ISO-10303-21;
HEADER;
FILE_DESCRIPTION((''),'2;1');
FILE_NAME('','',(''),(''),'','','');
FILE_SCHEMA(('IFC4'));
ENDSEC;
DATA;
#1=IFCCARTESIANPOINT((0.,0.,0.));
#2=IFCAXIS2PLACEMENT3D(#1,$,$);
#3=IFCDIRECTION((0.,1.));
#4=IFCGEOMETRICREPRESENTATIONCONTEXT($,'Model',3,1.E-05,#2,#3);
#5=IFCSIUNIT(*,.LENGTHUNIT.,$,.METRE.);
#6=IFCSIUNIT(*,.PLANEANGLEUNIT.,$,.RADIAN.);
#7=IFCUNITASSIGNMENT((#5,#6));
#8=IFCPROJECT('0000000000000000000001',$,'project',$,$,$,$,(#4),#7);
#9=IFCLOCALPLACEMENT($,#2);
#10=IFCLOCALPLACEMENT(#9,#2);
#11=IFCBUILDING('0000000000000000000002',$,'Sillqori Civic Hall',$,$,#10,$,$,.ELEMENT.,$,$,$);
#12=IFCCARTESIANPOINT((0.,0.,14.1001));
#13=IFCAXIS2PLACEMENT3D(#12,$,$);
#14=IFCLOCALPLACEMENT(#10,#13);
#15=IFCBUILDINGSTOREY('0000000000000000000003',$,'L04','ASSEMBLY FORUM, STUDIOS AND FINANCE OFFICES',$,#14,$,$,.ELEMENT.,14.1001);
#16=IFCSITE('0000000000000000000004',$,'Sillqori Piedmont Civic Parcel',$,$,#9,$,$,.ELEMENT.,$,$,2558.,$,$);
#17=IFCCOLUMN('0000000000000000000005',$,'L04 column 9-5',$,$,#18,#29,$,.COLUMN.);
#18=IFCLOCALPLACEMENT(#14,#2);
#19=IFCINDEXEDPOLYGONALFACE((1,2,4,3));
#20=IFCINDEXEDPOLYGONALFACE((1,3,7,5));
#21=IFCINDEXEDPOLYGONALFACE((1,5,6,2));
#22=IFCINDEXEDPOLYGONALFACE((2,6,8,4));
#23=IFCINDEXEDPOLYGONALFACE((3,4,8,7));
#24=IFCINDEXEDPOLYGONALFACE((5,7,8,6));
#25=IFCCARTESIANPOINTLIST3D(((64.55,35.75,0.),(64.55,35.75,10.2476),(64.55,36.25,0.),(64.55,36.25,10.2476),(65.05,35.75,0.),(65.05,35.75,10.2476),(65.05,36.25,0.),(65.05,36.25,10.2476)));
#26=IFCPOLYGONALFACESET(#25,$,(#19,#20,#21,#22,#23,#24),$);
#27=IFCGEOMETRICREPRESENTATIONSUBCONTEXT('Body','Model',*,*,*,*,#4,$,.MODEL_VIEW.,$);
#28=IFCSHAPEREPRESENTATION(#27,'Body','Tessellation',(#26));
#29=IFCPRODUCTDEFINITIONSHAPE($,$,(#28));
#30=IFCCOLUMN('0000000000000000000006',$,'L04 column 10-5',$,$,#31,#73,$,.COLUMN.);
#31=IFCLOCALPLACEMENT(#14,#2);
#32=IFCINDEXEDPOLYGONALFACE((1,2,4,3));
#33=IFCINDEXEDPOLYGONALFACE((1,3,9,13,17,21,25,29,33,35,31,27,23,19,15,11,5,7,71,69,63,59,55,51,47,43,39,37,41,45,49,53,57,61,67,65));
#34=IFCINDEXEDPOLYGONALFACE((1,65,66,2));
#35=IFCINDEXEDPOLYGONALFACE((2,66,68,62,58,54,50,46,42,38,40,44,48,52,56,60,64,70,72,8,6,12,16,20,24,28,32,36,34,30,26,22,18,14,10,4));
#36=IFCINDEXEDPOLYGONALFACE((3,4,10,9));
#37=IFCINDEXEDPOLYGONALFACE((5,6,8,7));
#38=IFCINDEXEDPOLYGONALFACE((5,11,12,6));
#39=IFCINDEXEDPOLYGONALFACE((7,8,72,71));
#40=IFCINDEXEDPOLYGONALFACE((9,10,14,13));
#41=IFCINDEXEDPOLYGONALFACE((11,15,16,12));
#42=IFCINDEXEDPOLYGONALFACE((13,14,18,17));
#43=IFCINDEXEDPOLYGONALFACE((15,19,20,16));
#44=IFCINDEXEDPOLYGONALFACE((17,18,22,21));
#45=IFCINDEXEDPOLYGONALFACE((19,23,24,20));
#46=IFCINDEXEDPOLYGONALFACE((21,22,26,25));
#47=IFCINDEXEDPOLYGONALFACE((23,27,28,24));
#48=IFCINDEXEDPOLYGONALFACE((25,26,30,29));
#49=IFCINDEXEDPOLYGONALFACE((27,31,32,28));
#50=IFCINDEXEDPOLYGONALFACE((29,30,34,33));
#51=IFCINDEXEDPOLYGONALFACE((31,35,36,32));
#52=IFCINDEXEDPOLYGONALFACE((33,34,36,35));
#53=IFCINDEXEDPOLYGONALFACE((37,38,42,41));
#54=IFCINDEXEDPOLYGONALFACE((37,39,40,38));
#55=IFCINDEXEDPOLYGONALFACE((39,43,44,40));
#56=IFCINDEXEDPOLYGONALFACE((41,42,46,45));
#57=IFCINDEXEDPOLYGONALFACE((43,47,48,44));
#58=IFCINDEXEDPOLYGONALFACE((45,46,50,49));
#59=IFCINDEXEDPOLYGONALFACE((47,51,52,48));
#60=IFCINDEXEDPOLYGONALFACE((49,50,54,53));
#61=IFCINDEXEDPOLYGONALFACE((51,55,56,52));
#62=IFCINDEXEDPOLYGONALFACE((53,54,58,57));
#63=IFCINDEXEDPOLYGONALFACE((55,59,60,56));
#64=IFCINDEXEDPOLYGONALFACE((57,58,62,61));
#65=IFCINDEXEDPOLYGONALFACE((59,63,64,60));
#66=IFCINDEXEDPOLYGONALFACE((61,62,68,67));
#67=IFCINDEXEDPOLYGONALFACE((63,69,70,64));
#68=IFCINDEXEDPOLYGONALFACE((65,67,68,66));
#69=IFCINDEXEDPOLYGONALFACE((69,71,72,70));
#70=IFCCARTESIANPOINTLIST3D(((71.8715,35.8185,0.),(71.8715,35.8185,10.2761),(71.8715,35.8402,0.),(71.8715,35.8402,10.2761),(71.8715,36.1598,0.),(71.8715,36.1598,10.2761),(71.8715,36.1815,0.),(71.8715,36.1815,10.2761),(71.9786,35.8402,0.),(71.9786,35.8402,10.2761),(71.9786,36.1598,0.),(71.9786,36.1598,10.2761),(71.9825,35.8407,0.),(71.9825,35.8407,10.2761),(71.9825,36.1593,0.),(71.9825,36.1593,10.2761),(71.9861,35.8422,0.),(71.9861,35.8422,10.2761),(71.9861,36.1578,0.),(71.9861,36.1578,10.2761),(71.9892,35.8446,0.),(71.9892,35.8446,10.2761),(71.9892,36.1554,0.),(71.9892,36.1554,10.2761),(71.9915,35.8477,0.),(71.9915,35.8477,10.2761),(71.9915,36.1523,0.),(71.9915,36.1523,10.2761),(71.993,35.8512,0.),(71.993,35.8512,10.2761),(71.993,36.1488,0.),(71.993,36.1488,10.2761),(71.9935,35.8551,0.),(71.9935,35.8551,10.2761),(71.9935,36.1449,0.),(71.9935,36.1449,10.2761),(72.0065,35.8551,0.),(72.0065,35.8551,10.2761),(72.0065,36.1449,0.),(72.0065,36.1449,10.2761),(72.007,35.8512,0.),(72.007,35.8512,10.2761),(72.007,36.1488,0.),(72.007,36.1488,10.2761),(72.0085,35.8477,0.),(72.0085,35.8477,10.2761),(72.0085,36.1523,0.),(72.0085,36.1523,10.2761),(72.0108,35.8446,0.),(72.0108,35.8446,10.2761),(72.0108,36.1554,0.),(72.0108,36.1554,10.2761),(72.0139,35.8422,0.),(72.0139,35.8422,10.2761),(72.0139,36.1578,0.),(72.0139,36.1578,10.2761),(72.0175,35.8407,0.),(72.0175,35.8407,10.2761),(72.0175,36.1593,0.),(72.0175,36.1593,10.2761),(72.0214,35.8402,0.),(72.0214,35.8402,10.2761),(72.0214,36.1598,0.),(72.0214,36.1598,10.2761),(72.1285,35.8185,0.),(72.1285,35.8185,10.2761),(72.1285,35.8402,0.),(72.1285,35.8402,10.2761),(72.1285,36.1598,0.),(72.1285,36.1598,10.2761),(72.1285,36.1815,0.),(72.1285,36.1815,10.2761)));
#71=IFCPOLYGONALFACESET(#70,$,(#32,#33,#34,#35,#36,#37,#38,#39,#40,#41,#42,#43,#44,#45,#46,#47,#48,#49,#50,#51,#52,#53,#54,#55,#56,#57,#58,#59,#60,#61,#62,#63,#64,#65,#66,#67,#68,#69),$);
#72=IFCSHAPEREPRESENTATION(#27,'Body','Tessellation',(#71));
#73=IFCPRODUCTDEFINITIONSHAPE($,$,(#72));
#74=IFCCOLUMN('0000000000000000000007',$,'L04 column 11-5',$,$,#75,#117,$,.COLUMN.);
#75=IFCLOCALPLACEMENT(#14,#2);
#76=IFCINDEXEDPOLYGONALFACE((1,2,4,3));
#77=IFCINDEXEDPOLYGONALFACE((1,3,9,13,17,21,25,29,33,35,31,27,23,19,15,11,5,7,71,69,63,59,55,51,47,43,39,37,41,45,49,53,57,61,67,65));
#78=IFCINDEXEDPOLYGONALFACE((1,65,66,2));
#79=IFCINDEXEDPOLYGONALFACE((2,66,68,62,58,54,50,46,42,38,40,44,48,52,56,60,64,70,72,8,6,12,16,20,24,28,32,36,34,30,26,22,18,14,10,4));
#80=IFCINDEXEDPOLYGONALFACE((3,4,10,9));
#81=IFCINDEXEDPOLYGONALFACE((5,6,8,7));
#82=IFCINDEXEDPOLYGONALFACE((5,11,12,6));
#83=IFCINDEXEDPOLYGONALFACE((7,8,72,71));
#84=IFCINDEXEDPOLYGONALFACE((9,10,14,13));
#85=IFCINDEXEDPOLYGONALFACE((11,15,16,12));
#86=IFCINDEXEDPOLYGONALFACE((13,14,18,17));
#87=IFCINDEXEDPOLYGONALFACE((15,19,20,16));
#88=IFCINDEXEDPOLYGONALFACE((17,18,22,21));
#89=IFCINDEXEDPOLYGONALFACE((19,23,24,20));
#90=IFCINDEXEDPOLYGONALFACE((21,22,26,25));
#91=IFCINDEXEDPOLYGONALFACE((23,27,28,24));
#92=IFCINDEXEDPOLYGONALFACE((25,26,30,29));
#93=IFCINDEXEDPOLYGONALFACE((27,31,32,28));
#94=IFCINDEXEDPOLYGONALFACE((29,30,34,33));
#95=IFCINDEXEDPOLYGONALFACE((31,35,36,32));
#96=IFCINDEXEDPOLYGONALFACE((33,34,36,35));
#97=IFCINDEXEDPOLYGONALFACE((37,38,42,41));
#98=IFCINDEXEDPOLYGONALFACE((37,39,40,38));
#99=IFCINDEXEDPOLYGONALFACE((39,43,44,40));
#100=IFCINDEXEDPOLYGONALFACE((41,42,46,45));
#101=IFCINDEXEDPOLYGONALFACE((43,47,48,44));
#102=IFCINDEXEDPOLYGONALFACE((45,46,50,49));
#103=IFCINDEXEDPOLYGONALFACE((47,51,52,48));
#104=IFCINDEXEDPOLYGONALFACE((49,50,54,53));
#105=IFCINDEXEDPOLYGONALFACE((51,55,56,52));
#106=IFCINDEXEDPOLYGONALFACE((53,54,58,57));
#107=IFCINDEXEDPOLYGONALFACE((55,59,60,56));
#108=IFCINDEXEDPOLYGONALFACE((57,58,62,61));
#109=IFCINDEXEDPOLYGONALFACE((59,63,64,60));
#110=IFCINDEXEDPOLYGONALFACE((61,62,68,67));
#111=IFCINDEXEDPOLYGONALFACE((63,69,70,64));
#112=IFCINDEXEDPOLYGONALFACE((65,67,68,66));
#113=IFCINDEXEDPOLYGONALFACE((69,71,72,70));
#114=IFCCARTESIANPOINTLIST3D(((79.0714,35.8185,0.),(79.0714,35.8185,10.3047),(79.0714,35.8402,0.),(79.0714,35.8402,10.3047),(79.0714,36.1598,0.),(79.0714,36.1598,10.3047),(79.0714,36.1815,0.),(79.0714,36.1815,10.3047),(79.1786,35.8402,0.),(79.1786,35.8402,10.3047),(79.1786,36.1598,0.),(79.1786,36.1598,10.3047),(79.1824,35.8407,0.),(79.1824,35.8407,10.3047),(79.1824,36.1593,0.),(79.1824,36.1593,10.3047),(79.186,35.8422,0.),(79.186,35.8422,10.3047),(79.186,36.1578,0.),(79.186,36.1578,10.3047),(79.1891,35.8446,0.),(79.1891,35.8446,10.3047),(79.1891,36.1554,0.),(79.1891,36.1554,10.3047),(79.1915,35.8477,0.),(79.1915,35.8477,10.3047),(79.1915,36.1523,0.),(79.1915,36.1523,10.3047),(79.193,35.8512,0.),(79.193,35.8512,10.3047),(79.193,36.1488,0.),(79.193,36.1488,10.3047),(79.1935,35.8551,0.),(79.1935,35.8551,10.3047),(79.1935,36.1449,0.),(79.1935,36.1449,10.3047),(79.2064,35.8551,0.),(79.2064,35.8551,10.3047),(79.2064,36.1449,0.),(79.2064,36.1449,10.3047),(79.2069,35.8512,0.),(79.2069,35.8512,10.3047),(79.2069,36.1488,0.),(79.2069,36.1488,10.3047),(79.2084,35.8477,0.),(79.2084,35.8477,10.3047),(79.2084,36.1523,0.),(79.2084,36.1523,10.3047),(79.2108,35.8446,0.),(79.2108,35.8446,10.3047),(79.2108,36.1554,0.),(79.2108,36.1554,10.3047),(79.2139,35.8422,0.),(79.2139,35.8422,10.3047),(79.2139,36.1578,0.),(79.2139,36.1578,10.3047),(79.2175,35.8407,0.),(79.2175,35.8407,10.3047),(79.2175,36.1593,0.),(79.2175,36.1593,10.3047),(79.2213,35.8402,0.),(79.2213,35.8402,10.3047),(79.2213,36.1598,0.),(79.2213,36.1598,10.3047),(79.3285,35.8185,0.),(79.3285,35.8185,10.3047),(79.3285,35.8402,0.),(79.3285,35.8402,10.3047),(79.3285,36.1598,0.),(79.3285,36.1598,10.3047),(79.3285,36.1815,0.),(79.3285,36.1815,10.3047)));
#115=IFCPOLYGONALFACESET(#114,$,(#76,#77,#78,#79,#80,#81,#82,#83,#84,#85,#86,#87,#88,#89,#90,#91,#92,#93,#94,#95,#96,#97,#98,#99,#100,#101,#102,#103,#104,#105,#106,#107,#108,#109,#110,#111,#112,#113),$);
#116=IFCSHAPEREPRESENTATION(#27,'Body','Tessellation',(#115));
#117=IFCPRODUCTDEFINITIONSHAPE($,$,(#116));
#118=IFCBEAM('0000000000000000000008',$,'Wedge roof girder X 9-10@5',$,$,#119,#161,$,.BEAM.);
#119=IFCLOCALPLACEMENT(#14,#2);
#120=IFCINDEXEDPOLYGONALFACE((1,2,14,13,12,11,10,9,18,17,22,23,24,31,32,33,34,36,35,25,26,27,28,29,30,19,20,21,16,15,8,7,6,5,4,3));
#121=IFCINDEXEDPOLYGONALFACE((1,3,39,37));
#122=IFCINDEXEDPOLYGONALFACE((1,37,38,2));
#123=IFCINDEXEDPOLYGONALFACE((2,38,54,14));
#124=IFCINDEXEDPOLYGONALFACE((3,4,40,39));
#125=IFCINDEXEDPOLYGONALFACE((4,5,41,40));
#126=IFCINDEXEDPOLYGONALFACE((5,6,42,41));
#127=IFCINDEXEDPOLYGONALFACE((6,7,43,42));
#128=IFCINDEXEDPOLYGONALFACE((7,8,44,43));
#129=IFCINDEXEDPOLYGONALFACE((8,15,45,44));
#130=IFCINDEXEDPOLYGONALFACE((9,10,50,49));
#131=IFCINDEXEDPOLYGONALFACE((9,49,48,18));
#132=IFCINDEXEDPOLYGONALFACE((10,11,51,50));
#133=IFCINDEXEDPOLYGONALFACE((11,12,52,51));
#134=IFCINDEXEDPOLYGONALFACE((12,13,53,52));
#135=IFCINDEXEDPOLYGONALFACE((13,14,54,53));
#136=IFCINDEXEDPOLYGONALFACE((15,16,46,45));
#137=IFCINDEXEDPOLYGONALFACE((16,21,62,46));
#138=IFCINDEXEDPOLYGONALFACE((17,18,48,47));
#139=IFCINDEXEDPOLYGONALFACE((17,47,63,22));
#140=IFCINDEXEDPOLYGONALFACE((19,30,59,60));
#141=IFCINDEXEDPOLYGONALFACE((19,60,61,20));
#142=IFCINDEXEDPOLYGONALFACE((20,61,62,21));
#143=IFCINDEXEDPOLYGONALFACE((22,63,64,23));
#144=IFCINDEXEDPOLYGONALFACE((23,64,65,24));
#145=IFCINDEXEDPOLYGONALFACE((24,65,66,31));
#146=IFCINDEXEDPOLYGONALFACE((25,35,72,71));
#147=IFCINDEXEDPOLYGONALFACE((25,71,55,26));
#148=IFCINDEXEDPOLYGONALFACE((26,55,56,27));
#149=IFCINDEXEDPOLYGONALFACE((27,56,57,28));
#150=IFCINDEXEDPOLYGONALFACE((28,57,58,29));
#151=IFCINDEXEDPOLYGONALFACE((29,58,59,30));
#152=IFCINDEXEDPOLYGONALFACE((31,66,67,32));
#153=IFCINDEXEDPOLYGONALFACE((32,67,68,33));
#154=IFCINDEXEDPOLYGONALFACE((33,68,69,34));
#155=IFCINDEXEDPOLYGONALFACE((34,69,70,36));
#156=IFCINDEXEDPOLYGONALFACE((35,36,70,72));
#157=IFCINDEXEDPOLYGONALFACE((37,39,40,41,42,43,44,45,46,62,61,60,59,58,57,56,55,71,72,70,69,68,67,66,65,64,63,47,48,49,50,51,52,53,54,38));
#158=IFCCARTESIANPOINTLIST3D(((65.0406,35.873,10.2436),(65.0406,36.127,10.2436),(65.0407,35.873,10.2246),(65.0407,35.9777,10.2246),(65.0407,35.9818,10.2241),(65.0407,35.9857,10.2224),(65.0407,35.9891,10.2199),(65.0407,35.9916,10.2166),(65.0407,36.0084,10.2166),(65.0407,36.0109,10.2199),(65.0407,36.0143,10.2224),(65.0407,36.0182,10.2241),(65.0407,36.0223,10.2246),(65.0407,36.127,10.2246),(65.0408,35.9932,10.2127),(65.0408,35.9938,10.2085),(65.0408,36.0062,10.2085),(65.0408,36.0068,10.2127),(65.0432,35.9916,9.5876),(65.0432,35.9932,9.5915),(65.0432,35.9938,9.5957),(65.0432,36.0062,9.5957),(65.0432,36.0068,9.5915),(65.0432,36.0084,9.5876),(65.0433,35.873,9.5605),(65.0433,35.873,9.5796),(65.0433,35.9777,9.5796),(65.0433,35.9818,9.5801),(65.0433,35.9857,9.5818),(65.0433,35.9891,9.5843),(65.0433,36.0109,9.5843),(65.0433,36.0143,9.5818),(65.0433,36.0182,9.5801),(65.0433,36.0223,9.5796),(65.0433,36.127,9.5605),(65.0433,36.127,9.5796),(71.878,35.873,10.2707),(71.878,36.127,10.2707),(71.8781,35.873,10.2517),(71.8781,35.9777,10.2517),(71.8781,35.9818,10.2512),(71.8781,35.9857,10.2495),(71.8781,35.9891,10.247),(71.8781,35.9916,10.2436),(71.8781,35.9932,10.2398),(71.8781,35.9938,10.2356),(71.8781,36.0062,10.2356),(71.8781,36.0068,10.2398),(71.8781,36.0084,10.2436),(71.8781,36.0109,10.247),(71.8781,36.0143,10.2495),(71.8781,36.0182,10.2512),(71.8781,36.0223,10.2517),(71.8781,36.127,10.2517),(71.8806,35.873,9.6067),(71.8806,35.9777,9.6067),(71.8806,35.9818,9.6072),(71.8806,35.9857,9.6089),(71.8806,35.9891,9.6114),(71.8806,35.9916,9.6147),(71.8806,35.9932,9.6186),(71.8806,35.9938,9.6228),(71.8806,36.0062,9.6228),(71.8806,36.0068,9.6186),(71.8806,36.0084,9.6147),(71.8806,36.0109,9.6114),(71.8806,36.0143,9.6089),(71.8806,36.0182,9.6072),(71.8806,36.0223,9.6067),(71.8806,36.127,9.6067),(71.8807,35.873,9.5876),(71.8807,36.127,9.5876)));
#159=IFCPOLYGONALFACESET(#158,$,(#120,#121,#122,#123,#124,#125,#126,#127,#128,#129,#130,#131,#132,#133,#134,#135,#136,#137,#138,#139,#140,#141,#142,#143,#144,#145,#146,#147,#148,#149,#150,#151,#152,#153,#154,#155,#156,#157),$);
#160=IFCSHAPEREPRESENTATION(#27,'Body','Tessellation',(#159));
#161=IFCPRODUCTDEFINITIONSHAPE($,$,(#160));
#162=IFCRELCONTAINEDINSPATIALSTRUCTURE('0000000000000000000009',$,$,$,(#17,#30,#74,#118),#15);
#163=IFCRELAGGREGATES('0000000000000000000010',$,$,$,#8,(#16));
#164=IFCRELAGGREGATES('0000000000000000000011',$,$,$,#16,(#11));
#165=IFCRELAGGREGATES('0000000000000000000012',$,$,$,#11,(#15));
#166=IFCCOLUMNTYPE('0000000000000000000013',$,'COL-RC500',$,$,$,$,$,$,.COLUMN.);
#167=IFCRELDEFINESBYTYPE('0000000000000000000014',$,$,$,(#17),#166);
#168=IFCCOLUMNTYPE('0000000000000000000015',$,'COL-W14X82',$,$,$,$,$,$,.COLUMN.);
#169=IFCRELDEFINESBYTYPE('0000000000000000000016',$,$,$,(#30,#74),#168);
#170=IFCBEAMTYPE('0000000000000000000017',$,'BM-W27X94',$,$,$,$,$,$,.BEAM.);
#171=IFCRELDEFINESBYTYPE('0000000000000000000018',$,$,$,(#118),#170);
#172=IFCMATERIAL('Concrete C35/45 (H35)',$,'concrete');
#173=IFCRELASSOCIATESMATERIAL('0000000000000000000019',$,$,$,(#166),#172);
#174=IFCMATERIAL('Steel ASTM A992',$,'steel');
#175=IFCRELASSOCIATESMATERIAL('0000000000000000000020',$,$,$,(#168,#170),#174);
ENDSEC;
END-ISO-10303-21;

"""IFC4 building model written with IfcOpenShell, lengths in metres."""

from ifc_helpers import new_model, si_unit, direction, frame, origin, origin_2d, place, context, subcontext, project, spatial, rectangle, i_section, extrude, material, material_profile, profile_set, type_object, element, save


model = new_model("IFC4")

# Units and contexts
model_context = context("Model", 3, precision=1e-05, world=origin(), true_north=direction((0.0, 1.0)))
body_context = subcontext(model_context, "Body", "Model", "MODEL_VIEW")
ifc_project = project(units=[si_unit("LENGTHUNIT", "METRE"), si_unit("PLANEANGLEUNIT", "RADIAN")], contexts=[model_context])

# Site, building, storey
site_placement = place(None, origin())
site = spatial("IfcSite", under=ifc_project, at=site_placement, Name="Sillqori Piedmont Civic Parcel", CompositionType="ELEMENT", RefElevation=2558.0)
building_placement = place(site_placement, origin())
building = spatial("IfcBuilding", under=site, at=building_placement, Name="Sillqori Civic Hall", CompositionType="ELEMENT")
storey_placement = place(building_placement, frame((0.0, 0.0, 14.1001)))
storey = spatial("IfcBuildingStorey", under=building, at=storey_placement, Name="L04", Description="ASSEMBLY FORUM, STUDIOS AND FINANCE OFFICES", CompositionType="ELEMENT", Elevation=14.1001)

# Columns
ifc_material_1 = material(Name="Concrete C35/45 (H35)", Category="concrete")
ifc_material_profile_1 = material_profile(ifc_material_1, rectangle(XDim=0.5, YDim=0.5, at=origin_2d()), Name="RC 500x500")
ifc_profile_set_1 = profile_set([ifc_material_profile_1], Name="Concrete C35/45 (H35)")
column_type_1 = type_object("IfcColumnType", Name="COL-RC500", PredefinedType="COLUMN", material=ifc_profile_set_1)
column_1_placement = place(storey_placement, frame((64.8, 36.0, 0.0), z_axis=(0.0, 0.0, 1.0), x_axis=(1.0, 0.0, 0.0)))
element("IfcColumn", 1, at=column_1_placement, inside=storey, type_object=column_type_1, Name="L04 column 9-5", PredefinedType="COLUMN", context=body_context, shape_type="SweptSolid", body=[
    extrude(rectangle(XDim=0.5, YDim=0.5, at=origin_2d()), origin(), (0.0, 0.0, 1.0), 10.2476),
])
ifc_material_2 = material(Name="Steel ASTM A992", Category="steel")
ifc_material_profile_2 = material_profile(ifc_material_2, i_section(OverallWidth=0.2571, OverallDepth=0.363, WebThickness=0.0129, FlangeThickness=0.0217, FilletRadius=0.0149, at=origin_2d()), Name="W14X82")
ifc_profile_set_2 = profile_set([ifc_material_profile_2], Name="Steel ASTM A992")
column_type_2 = type_object("IfcColumnType", Name="COL-W14X82", PredefinedType="COLUMN", material=ifc_profile_set_2)
column_2_placement = place(storey_placement, frame((72.0, 36.0, 0.0), z_axis=(0.0, 0.0, 1.0), x_axis=(1.0, 0.0, 0.0)))
element("IfcColumn", 2, at=column_2_placement, inside=storey, type_object=column_type_2, Name="L04 column 10-5", PredefinedType="COLUMN", context=body_context, shape_type="SweptSolid", body=[
    extrude(i_section(OverallWidth=0.2571, OverallDepth=0.363, WebThickness=0.0129, FlangeThickness=0.0217, FilletRadius=0.0149, at=origin_2d()), origin(), (0.0, 0.0, 1.0), 10.2761),
])
column_3_placement = place(storey_placement, frame((79.2, 36.0, 0.0), z_axis=(0.0, 0.0, 1.0), x_axis=(1.0, 0.0, 0.0)))
element("IfcColumn", 3, at=column_3_placement, inside=storey, type_object=column_type_2, Name="L04 column 11-5", PredefinedType="COLUMN", context=body_context, shape_type="SweptSolid", body=[
    extrude(i_section(OverallWidth=0.2571, OverallDepth=0.363, WebThickness=0.0129, FlangeThickness=0.0217, FilletRadius=0.0149, at=origin_2d()), origin(), (0.0, 0.0, 1.0), 10.3047),
])

# Beam
ifc_material_profile_3 = material_profile(ifc_material_2, i_section(OverallWidth=0.2539, OverallDepth=0.6831, WebThickness=0.0125, FlangeThickness=0.019, FilletRadius=0.0161, at=origin_2d()), Name="W27X94")
ifc_profile_set_3 = profile_set([ifc_material_profile_3], Name="Steel ASTM A992")
beam_type_1 = type_object("IfcBeamType", Name="BM-W27X94", PredefinedType="BEAM", material=ifc_profile_set_3)
beam_1_placement = place(storey_placement, frame((65.042, 36.0, 9.9021), z_axis=(0.999992, 0.0, 0.003963), x_axis=(0.0, 1.0, 0.0)))
element("IfcBeam", 4, at=beam_1_placement, inside=storey, type_object=beam_type_1, Name="Wedge roof girder X 9-10@5", PredefinedType="BEAM", context=body_context, shape_type="SweptSolid", body=[
    extrude(i_section(OverallWidth=0.2539, OverallDepth=0.6831, WebThickness=0.0125, FlangeThickness=0.019, FilletRadius=0.0161, at=origin_2d()), origin(), (0.0, 0.0, 1.0), 6.8374),
])

save(model, "model.ifc")
